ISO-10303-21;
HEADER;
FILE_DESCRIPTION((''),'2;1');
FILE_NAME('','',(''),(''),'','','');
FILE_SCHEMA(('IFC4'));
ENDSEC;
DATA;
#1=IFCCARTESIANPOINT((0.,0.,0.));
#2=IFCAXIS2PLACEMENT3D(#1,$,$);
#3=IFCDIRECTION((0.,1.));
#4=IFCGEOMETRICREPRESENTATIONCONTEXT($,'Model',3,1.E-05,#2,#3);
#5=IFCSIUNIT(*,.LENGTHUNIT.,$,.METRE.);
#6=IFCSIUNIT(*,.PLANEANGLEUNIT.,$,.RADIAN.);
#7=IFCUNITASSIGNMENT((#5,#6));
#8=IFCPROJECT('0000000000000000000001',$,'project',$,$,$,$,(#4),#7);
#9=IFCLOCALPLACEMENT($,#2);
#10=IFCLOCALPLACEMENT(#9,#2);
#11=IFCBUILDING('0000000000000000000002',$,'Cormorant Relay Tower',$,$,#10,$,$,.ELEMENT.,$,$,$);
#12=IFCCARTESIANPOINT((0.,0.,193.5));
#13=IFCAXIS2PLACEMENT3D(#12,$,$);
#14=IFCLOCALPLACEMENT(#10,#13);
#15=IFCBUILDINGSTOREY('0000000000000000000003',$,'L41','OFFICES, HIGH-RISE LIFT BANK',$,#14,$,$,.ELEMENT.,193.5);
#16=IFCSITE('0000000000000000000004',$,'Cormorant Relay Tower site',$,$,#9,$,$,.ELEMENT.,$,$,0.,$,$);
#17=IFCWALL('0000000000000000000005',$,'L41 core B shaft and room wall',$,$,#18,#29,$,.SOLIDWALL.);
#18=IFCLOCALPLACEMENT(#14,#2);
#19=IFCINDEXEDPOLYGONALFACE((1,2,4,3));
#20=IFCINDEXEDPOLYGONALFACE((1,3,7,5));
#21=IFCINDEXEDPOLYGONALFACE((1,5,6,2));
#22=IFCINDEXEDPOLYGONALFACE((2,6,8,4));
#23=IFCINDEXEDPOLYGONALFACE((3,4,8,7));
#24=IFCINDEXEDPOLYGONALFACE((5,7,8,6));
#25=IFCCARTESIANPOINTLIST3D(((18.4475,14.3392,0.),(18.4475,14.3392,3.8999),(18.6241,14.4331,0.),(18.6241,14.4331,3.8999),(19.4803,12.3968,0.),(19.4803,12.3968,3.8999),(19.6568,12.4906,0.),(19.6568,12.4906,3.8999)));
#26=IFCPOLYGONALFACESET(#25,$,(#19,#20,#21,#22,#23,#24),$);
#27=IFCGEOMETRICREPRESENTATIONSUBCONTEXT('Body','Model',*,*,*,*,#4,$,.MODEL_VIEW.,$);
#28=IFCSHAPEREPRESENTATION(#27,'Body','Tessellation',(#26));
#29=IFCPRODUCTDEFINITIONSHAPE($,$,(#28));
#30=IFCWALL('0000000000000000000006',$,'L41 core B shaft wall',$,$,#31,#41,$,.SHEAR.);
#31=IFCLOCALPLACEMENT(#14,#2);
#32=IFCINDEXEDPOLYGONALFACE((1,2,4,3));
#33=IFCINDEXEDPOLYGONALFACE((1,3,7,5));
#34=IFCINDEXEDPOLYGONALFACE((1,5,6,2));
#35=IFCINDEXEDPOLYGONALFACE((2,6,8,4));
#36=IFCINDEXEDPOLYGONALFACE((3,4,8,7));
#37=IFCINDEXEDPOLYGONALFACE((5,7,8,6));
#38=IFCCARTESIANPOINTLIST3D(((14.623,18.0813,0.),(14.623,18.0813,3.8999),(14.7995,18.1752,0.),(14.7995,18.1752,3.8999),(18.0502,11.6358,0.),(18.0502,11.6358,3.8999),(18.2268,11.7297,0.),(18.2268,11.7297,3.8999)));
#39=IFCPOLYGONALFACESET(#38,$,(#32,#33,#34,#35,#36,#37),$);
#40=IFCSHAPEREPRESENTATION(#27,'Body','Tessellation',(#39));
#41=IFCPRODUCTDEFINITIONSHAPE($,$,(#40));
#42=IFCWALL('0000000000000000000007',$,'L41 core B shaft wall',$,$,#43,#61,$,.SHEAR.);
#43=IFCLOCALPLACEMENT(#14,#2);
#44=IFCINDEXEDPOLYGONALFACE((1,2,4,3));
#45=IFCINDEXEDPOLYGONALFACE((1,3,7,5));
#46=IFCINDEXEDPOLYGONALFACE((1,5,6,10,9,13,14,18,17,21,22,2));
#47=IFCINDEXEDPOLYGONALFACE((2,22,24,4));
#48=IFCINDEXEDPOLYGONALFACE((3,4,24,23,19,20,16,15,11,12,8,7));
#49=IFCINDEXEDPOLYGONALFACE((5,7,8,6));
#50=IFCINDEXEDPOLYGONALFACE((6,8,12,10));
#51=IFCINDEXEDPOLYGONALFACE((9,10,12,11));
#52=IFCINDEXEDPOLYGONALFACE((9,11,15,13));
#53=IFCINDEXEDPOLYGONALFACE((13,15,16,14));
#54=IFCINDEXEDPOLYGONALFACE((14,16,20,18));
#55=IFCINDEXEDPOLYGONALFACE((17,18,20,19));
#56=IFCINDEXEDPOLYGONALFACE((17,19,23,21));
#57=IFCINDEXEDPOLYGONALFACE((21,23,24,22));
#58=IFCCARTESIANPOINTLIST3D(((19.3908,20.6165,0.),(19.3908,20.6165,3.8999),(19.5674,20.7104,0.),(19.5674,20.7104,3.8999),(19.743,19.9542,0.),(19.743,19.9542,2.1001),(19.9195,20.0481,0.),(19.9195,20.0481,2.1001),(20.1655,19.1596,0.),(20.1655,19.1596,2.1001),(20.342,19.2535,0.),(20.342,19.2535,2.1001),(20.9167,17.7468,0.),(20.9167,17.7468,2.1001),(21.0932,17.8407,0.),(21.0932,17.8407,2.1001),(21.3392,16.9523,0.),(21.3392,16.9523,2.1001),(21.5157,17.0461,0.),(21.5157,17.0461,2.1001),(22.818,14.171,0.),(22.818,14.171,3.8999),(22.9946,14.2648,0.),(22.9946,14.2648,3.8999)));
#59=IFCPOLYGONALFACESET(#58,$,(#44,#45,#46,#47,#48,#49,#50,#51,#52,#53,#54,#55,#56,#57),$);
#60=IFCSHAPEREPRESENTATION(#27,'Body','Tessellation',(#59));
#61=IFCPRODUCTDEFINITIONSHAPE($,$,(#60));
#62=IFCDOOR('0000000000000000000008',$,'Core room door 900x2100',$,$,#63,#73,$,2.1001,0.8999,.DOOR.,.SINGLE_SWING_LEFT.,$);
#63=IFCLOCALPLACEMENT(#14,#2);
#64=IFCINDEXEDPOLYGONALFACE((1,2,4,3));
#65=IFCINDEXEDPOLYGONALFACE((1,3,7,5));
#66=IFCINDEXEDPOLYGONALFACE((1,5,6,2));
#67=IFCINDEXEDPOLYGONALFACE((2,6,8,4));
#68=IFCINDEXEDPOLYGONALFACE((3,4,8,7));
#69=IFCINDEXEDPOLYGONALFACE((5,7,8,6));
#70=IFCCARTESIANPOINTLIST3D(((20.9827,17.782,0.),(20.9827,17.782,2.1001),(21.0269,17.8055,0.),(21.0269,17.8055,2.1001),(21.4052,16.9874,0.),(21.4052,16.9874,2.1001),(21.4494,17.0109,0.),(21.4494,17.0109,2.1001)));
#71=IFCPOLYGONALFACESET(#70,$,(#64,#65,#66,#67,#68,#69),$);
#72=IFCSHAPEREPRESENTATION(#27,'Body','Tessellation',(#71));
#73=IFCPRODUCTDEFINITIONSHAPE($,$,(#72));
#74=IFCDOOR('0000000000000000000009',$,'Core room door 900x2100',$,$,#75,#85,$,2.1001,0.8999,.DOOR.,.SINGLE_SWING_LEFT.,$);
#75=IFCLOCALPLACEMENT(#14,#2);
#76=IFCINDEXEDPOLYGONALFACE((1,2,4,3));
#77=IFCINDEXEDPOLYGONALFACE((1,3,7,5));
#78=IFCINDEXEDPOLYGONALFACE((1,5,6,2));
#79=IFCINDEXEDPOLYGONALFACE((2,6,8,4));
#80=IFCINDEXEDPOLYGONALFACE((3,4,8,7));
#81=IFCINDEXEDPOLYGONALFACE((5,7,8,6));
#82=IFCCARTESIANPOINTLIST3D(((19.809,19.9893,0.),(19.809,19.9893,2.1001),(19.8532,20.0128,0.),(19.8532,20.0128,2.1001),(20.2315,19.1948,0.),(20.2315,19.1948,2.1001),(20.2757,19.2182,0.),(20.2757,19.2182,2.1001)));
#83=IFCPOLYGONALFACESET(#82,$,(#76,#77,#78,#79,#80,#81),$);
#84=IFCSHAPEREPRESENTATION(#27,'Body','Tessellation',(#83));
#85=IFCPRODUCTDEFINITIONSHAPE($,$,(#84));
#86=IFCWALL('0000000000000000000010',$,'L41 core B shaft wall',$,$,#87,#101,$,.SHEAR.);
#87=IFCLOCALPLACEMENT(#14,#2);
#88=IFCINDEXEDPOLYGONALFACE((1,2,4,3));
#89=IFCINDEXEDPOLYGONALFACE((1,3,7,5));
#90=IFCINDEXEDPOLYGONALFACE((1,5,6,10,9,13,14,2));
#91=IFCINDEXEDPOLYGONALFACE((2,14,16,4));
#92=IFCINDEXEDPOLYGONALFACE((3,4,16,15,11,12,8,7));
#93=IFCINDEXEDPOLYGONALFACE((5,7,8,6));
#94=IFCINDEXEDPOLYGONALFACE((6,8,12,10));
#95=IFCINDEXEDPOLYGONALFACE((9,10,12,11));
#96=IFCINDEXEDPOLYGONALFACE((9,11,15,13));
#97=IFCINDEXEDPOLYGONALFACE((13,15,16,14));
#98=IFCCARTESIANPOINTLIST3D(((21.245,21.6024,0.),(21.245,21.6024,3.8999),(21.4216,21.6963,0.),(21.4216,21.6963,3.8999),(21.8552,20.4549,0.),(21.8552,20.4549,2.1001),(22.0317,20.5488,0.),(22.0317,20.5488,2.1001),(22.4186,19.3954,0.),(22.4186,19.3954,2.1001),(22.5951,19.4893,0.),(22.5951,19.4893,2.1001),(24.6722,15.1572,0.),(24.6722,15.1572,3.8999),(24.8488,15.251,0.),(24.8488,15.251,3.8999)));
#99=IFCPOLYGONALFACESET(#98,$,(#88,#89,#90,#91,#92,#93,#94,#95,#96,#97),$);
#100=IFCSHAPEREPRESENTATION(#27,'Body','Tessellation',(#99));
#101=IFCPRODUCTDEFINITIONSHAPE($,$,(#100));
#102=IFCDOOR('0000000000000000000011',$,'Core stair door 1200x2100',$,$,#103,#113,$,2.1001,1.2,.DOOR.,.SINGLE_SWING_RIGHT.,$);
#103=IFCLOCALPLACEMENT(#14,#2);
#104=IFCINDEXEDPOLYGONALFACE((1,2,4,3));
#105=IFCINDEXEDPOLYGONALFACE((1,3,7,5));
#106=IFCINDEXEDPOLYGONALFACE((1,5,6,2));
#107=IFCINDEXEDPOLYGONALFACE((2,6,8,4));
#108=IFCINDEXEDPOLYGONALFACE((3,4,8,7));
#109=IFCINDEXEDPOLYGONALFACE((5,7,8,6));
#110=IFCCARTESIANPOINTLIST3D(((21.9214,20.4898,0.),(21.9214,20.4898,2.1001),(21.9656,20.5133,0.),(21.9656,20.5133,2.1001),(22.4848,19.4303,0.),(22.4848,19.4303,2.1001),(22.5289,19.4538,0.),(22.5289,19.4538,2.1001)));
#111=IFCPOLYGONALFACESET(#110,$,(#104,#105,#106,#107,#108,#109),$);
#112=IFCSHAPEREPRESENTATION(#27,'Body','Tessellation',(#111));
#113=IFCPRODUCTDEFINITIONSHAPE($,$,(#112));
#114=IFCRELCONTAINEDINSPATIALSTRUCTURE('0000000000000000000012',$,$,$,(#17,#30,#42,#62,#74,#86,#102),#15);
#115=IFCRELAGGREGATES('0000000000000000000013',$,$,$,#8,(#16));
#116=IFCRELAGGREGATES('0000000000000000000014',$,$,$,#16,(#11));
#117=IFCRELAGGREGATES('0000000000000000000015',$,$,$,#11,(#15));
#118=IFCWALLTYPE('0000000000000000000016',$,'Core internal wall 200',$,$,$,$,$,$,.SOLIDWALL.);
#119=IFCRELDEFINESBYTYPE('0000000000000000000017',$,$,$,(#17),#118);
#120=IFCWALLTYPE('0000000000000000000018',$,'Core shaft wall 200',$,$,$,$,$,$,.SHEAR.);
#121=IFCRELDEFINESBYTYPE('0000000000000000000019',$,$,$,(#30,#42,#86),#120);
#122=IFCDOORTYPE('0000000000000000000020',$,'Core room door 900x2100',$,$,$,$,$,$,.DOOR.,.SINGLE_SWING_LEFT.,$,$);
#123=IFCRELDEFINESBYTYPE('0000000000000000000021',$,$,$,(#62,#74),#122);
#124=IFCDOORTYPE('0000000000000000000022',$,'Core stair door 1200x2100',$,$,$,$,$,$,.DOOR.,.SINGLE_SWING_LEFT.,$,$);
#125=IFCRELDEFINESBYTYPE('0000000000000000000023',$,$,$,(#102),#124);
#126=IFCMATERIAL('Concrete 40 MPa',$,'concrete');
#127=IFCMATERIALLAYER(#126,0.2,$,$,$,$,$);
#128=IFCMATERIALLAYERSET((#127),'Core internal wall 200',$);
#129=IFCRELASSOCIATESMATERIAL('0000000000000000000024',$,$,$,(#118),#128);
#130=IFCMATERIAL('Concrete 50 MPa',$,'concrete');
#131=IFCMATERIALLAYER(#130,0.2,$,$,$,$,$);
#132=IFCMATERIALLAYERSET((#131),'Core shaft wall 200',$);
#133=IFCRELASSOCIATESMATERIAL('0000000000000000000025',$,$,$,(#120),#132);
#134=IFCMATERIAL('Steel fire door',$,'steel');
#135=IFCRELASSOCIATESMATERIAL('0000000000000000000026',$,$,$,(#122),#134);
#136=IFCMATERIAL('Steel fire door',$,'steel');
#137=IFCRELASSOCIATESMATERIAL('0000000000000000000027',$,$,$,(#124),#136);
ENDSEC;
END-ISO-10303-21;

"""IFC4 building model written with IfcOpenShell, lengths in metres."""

from ifc_helpers import new_model, si_unit, direction, frame, frame_2d, origin, place, context, subcontext, project, spatial, rectangle, extrude, material, layer, layer_set, type_object, element, fill, save


model = new_model("IFC4")

# Units and contexts
model_context = context("Model", 3, precision=1e-05, world=origin(), true_north=direction((0.0, 1.0)))
body_context = subcontext(model_context, "Body", "Model", "MODEL_VIEW")
ifc_project = project(units=[si_unit("LENGTHUNIT", "METRE"), si_unit("PLANEANGLEUNIT", "RADIAN")], contexts=[model_context])

# Site, building, storey
site_placement = place(None, origin())
site = spatial("IfcSite", under=ifc_project, at=site_placement, Name="Cormorant Relay Tower site", CompositionType="ELEMENT", RefElevation=0.0)
building_placement = place(site_placement, origin())
building = spatial("IfcBuilding", under=site, at=building_placement, Name="Cormorant Relay Tower", CompositionType="ELEMENT")
storey_placement = place(building_placement, frame((0.0, 0.0, 193.5)))
storey = spatial("IfcBuildingStorey", under=building, at=storey_placement, Name="L41", Description="OFFICES, HIGH-RISE LIFT BANK", CompositionType="ELEMENT", Elevation=193.5)

# Walls
ifc_material_1 = material(Name="Concrete 40 MPa", Category="concrete")
ifc_layer_1 = layer(ifc_material_1, 0.2)
ifc_layer_set_1 = layer_set([ifc_layer_1], Name="Core internal wall 200")
wall_type_1 = type_object("IfcWallType", Name="Core internal wall 200", PredefinedType="SOLIDWALL", material=ifc_layer_set_1)
wall_1_placement = place(storey_placement, frame((19.5686, 12.4436, 0.0), z_axis=(0.0, 0.0, 1.0), x_axis=(-0.469447, 0.88296, 0.0)))
element("IfcWall", 1, at=wall_1_placement, inside=storey, type_object=wall_type_1, Name="L41 core B shaft and room wall", PredefinedType="SOLIDWALL", context=body_context, shape_type="SweptSolid", body=[
    extrude(rectangle(XDim=2.2, YDim=0.2, at=frame_2d((1.1001, 0.0))), origin(), (0.0, 0.0, 1.0), 3.8999),
])
ifc_material_2 = material(Name="Concrete 50 MPa", Category="concrete")
ifc_layer_2 = layer(ifc_material_2, 0.2)
ifc_layer_set_2 = layer_set([ifc_layer_2], Name="Core shaft wall 200")
wall_type_2 = type_object("IfcWallType", Name="Core shaft wall 200", PredefinedType="SHEAR", material=ifc_layer_set_2)
wall_2_placement = place(storey_placement, frame((18.1384, 11.6829, 0.0), z_axis=(0.0, 0.0, 1.0), x_axis=(-0.46948, 0.882943, 0.0)))
element("IfcWall", 2, at=wall_2_placement, inside=storey, type_object=wall_type_2, Name="L41 core B shaft wall", PredefinedType="SHEAR", context=body_context, shape_type="SweptSolid", body=[
    extrude(rectangle(XDim=7.3, YDim=0.2, at=frame_2d((3.6499, 0.0))), origin(), (0.0, 0.0, 1.0), 3.8999),
])

# Wall, openings, doors
wall_3_placement = place(storey_placement, frame((22.9062, 14.218, 0.0), z_axis=(0.0, 0.0, 1.0), x_axis=(-0.46948, 0.882943, 0.0)))
wall_3 = element("IfcWall", 3, at=wall_3_placement, inside=storey, type_object=wall_type_2, Name="L41 core B shaft wall", PredefinedType="SHEAR", context=body_context, shape_type="SweptSolid", body=[
    extrude(rectangle(XDim=7.3, YDim=0.2, at=frame_2d((3.6499, 0.0))), origin(), (0.0, 0.0, 1.0), 3.8999),
])
opening_1_placement = place(wall_3_placement, frame((3.1499, 0.0, 0.0)))
opening_1 = element("IfcOpeningElement", 4, at=opening_1_placement, cuts=wall_3, PredefinedType="OPENING", context=body_context, shape_type="SweptSolid", body=[
    extrude(rectangle(XDim=0.8999, YDim=2.1001, at=frame_2d((0.45, 1.05))), frame((0.0, 0.1099, 0.0), z_axis=(0.0, -1.0, 0.0), x_axis=(1.0, 0.0, 0.0)), (0.0, 0.0, 1.0), 0.22),
])
opening_2_placement = place(wall_3_placement, frame((5.6499, 0.0, 0.0)))
opening_2 = element("IfcOpeningElement", 5, at=opening_2_placement, cuts=wall_3, PredefinedType="OPENING", context=body_context, shape_type="SweptSolid", body=[
    extrude(rectangle(XDim=0.8999, YDim=2.1001, at=frame_2d((0.45, 1.05))), frame((0.0, 0.1099, 0.0), z_axis=(0.0, -1.0, 0.0), x_axis=(1.0, 0.0, 0.0)), (0.0, 0.0, 1.0), 0.22),
])
ifc_material_3 = material(Name="Steel fire door", Category="steel")
door_type_1 = type_object("IfcDoorType", Name="Core room door 900x2100", OperationType="SINGLE_SWING_LEFT", PredefinedType="DOOR", material=ifc_material_3)
door_1_placement = place(opening_1_placement, frame((0.8999, 0.0, 0.0), z_axis=(0.0, 0.0, 1.0), x_axis=(-1.0, 0.0, 0.0)))
door_1 = element("IfcDoor", 6, at=door_1_placement, inside=storey, type_object=door_type_1, Name="Core room door 900x2100", OperationType="SINGLE_SWING_LEFT", OverallHeight=2.1001, OverallWidth=0.8999, PredefinedType="DOOR", context=body_context, shape_type="SweptSolid", body=[
    extrude(rectangle(XDim=0.8999, YDim=2.1001, at=frame_2d((0.45, 1.05))), frame((0.0, 0.0249, 0.0), z_axis=(0.0, -1.0, 0.0), x_axis=(1.0, 0.0, 0.0)), (0.0, 0.0, 1.0), 0.05),
])
fill(opening_1, door_1)
door_2_placement = place(opening_2_placement, frame((0.8999, 0.0, 0.0), z_axis=(0.0, 0.0, 1.0), x_axis=(-1.0, 0.0, 0.0)))
door_2 = element("IfcDoor", 7, at=door_2_placement, inside=storey, type_object=door_type_1, Name="Core room door 900x2100", OperationType="SINGLE_SWING_LEFT", OverallHeight=2.1001, OverallWidth=0.8999, PredefinedType="DOOR", context=body_context, shape_type="SweptSolid", body=[
    extrude(rectangle(XDim=0.8999, YDim=2.1001, at=frame_2d((0.45, 1.05))), frame((0.0, 0.0249, 0.0), z_axis=(0.0, -1.0, 0.0), x_axis=(1.0, 0.0, 0.0)), (0.0, 0.0, 1.0), 0.05),
])
fill(opening_2, door_2)

# Wall, opening, door
wall_4_placement = place(storey_placement, frame((24.7605, 15.2041, 0.0), z_axis=(0.0, 0.0, 1.0), x_axis=(-0.469494, 0.882936, 0.0)))
wall_4 = element("IfcWall", 8, at=wall_4_placement, inside=storey, type_object=wall_type_2, Name="L41 core B shaft wall", PredefinedType="SHEAR", context=body_context, shape_type="SweptSolid", body=[
    extrude(rectangle(XDim=7.2998, YDim=0.2, at=frame_2d((3.6499, 0.0))), origin(), (0.0, 0.0, 1.0), 3.8999),
])
opening_3_placement = place(wall_4_placement, frame((4.8, 0.0, 0.0)))
opening_3 = element("IfcOpeningElement", 9, at=opening_3_placement, cuts=wall_4, PredefinedType="OPENING", context=body_context, shape_type="SweptSolid", body=[
    extrude(rectangle(XDim=1.2, YDim=2.1001, at=frame_2d((0.6001, 1.05))), frame((0.0, 0.1099, 0.0), z_axis=(0.0, -1.0, 0.0), x_axis=(1.0, 0.0, 0.0)), (0.0, 0.0, 1.0), 0.22),
])
ifc_material_4 = material(Name="Steel fire door", Category="steel")
door_type_2 = type_object("IfcDoorType", Name="Core stair door 1200x2100", OperationType="SINGLE_SWING_LEFT", PredefinedType="DOOR", material=ifc_material_4)
door_3_placement = place(opening_3_placement, frame((1.2, 0.0, 0.0), z_axis=(0.0, 0.0, 1.0), x_axis=(-1.0, 0.0, 0.0)))
door_3 = element("IfcDoor", 10, at=door_3_placement, inside=storey, type_object=door_type_2, Name="Core stair door 1200x2100", OperationType="SINGLE_SWING_RIGHT", OverallHeight=2.1001, OverallWidth=1.2, PredefinedType="DOOR", context=body_context, shape_type="SweptSolid", body=[
    extrude(rectangle(XDim=1.2, YDim=2.1001, at=frame_2d((0.6001, 1.05))), frame((0.0, 0.0249, 0.0), z_axis=(0.0, -1.0, 0.0), x_axis=(1.0, 0.0, 0.0)), (0.0, 0.0, 1.0), 0.05),
])
fill(opening_3, door_3)

save(model, "model.ifc")
